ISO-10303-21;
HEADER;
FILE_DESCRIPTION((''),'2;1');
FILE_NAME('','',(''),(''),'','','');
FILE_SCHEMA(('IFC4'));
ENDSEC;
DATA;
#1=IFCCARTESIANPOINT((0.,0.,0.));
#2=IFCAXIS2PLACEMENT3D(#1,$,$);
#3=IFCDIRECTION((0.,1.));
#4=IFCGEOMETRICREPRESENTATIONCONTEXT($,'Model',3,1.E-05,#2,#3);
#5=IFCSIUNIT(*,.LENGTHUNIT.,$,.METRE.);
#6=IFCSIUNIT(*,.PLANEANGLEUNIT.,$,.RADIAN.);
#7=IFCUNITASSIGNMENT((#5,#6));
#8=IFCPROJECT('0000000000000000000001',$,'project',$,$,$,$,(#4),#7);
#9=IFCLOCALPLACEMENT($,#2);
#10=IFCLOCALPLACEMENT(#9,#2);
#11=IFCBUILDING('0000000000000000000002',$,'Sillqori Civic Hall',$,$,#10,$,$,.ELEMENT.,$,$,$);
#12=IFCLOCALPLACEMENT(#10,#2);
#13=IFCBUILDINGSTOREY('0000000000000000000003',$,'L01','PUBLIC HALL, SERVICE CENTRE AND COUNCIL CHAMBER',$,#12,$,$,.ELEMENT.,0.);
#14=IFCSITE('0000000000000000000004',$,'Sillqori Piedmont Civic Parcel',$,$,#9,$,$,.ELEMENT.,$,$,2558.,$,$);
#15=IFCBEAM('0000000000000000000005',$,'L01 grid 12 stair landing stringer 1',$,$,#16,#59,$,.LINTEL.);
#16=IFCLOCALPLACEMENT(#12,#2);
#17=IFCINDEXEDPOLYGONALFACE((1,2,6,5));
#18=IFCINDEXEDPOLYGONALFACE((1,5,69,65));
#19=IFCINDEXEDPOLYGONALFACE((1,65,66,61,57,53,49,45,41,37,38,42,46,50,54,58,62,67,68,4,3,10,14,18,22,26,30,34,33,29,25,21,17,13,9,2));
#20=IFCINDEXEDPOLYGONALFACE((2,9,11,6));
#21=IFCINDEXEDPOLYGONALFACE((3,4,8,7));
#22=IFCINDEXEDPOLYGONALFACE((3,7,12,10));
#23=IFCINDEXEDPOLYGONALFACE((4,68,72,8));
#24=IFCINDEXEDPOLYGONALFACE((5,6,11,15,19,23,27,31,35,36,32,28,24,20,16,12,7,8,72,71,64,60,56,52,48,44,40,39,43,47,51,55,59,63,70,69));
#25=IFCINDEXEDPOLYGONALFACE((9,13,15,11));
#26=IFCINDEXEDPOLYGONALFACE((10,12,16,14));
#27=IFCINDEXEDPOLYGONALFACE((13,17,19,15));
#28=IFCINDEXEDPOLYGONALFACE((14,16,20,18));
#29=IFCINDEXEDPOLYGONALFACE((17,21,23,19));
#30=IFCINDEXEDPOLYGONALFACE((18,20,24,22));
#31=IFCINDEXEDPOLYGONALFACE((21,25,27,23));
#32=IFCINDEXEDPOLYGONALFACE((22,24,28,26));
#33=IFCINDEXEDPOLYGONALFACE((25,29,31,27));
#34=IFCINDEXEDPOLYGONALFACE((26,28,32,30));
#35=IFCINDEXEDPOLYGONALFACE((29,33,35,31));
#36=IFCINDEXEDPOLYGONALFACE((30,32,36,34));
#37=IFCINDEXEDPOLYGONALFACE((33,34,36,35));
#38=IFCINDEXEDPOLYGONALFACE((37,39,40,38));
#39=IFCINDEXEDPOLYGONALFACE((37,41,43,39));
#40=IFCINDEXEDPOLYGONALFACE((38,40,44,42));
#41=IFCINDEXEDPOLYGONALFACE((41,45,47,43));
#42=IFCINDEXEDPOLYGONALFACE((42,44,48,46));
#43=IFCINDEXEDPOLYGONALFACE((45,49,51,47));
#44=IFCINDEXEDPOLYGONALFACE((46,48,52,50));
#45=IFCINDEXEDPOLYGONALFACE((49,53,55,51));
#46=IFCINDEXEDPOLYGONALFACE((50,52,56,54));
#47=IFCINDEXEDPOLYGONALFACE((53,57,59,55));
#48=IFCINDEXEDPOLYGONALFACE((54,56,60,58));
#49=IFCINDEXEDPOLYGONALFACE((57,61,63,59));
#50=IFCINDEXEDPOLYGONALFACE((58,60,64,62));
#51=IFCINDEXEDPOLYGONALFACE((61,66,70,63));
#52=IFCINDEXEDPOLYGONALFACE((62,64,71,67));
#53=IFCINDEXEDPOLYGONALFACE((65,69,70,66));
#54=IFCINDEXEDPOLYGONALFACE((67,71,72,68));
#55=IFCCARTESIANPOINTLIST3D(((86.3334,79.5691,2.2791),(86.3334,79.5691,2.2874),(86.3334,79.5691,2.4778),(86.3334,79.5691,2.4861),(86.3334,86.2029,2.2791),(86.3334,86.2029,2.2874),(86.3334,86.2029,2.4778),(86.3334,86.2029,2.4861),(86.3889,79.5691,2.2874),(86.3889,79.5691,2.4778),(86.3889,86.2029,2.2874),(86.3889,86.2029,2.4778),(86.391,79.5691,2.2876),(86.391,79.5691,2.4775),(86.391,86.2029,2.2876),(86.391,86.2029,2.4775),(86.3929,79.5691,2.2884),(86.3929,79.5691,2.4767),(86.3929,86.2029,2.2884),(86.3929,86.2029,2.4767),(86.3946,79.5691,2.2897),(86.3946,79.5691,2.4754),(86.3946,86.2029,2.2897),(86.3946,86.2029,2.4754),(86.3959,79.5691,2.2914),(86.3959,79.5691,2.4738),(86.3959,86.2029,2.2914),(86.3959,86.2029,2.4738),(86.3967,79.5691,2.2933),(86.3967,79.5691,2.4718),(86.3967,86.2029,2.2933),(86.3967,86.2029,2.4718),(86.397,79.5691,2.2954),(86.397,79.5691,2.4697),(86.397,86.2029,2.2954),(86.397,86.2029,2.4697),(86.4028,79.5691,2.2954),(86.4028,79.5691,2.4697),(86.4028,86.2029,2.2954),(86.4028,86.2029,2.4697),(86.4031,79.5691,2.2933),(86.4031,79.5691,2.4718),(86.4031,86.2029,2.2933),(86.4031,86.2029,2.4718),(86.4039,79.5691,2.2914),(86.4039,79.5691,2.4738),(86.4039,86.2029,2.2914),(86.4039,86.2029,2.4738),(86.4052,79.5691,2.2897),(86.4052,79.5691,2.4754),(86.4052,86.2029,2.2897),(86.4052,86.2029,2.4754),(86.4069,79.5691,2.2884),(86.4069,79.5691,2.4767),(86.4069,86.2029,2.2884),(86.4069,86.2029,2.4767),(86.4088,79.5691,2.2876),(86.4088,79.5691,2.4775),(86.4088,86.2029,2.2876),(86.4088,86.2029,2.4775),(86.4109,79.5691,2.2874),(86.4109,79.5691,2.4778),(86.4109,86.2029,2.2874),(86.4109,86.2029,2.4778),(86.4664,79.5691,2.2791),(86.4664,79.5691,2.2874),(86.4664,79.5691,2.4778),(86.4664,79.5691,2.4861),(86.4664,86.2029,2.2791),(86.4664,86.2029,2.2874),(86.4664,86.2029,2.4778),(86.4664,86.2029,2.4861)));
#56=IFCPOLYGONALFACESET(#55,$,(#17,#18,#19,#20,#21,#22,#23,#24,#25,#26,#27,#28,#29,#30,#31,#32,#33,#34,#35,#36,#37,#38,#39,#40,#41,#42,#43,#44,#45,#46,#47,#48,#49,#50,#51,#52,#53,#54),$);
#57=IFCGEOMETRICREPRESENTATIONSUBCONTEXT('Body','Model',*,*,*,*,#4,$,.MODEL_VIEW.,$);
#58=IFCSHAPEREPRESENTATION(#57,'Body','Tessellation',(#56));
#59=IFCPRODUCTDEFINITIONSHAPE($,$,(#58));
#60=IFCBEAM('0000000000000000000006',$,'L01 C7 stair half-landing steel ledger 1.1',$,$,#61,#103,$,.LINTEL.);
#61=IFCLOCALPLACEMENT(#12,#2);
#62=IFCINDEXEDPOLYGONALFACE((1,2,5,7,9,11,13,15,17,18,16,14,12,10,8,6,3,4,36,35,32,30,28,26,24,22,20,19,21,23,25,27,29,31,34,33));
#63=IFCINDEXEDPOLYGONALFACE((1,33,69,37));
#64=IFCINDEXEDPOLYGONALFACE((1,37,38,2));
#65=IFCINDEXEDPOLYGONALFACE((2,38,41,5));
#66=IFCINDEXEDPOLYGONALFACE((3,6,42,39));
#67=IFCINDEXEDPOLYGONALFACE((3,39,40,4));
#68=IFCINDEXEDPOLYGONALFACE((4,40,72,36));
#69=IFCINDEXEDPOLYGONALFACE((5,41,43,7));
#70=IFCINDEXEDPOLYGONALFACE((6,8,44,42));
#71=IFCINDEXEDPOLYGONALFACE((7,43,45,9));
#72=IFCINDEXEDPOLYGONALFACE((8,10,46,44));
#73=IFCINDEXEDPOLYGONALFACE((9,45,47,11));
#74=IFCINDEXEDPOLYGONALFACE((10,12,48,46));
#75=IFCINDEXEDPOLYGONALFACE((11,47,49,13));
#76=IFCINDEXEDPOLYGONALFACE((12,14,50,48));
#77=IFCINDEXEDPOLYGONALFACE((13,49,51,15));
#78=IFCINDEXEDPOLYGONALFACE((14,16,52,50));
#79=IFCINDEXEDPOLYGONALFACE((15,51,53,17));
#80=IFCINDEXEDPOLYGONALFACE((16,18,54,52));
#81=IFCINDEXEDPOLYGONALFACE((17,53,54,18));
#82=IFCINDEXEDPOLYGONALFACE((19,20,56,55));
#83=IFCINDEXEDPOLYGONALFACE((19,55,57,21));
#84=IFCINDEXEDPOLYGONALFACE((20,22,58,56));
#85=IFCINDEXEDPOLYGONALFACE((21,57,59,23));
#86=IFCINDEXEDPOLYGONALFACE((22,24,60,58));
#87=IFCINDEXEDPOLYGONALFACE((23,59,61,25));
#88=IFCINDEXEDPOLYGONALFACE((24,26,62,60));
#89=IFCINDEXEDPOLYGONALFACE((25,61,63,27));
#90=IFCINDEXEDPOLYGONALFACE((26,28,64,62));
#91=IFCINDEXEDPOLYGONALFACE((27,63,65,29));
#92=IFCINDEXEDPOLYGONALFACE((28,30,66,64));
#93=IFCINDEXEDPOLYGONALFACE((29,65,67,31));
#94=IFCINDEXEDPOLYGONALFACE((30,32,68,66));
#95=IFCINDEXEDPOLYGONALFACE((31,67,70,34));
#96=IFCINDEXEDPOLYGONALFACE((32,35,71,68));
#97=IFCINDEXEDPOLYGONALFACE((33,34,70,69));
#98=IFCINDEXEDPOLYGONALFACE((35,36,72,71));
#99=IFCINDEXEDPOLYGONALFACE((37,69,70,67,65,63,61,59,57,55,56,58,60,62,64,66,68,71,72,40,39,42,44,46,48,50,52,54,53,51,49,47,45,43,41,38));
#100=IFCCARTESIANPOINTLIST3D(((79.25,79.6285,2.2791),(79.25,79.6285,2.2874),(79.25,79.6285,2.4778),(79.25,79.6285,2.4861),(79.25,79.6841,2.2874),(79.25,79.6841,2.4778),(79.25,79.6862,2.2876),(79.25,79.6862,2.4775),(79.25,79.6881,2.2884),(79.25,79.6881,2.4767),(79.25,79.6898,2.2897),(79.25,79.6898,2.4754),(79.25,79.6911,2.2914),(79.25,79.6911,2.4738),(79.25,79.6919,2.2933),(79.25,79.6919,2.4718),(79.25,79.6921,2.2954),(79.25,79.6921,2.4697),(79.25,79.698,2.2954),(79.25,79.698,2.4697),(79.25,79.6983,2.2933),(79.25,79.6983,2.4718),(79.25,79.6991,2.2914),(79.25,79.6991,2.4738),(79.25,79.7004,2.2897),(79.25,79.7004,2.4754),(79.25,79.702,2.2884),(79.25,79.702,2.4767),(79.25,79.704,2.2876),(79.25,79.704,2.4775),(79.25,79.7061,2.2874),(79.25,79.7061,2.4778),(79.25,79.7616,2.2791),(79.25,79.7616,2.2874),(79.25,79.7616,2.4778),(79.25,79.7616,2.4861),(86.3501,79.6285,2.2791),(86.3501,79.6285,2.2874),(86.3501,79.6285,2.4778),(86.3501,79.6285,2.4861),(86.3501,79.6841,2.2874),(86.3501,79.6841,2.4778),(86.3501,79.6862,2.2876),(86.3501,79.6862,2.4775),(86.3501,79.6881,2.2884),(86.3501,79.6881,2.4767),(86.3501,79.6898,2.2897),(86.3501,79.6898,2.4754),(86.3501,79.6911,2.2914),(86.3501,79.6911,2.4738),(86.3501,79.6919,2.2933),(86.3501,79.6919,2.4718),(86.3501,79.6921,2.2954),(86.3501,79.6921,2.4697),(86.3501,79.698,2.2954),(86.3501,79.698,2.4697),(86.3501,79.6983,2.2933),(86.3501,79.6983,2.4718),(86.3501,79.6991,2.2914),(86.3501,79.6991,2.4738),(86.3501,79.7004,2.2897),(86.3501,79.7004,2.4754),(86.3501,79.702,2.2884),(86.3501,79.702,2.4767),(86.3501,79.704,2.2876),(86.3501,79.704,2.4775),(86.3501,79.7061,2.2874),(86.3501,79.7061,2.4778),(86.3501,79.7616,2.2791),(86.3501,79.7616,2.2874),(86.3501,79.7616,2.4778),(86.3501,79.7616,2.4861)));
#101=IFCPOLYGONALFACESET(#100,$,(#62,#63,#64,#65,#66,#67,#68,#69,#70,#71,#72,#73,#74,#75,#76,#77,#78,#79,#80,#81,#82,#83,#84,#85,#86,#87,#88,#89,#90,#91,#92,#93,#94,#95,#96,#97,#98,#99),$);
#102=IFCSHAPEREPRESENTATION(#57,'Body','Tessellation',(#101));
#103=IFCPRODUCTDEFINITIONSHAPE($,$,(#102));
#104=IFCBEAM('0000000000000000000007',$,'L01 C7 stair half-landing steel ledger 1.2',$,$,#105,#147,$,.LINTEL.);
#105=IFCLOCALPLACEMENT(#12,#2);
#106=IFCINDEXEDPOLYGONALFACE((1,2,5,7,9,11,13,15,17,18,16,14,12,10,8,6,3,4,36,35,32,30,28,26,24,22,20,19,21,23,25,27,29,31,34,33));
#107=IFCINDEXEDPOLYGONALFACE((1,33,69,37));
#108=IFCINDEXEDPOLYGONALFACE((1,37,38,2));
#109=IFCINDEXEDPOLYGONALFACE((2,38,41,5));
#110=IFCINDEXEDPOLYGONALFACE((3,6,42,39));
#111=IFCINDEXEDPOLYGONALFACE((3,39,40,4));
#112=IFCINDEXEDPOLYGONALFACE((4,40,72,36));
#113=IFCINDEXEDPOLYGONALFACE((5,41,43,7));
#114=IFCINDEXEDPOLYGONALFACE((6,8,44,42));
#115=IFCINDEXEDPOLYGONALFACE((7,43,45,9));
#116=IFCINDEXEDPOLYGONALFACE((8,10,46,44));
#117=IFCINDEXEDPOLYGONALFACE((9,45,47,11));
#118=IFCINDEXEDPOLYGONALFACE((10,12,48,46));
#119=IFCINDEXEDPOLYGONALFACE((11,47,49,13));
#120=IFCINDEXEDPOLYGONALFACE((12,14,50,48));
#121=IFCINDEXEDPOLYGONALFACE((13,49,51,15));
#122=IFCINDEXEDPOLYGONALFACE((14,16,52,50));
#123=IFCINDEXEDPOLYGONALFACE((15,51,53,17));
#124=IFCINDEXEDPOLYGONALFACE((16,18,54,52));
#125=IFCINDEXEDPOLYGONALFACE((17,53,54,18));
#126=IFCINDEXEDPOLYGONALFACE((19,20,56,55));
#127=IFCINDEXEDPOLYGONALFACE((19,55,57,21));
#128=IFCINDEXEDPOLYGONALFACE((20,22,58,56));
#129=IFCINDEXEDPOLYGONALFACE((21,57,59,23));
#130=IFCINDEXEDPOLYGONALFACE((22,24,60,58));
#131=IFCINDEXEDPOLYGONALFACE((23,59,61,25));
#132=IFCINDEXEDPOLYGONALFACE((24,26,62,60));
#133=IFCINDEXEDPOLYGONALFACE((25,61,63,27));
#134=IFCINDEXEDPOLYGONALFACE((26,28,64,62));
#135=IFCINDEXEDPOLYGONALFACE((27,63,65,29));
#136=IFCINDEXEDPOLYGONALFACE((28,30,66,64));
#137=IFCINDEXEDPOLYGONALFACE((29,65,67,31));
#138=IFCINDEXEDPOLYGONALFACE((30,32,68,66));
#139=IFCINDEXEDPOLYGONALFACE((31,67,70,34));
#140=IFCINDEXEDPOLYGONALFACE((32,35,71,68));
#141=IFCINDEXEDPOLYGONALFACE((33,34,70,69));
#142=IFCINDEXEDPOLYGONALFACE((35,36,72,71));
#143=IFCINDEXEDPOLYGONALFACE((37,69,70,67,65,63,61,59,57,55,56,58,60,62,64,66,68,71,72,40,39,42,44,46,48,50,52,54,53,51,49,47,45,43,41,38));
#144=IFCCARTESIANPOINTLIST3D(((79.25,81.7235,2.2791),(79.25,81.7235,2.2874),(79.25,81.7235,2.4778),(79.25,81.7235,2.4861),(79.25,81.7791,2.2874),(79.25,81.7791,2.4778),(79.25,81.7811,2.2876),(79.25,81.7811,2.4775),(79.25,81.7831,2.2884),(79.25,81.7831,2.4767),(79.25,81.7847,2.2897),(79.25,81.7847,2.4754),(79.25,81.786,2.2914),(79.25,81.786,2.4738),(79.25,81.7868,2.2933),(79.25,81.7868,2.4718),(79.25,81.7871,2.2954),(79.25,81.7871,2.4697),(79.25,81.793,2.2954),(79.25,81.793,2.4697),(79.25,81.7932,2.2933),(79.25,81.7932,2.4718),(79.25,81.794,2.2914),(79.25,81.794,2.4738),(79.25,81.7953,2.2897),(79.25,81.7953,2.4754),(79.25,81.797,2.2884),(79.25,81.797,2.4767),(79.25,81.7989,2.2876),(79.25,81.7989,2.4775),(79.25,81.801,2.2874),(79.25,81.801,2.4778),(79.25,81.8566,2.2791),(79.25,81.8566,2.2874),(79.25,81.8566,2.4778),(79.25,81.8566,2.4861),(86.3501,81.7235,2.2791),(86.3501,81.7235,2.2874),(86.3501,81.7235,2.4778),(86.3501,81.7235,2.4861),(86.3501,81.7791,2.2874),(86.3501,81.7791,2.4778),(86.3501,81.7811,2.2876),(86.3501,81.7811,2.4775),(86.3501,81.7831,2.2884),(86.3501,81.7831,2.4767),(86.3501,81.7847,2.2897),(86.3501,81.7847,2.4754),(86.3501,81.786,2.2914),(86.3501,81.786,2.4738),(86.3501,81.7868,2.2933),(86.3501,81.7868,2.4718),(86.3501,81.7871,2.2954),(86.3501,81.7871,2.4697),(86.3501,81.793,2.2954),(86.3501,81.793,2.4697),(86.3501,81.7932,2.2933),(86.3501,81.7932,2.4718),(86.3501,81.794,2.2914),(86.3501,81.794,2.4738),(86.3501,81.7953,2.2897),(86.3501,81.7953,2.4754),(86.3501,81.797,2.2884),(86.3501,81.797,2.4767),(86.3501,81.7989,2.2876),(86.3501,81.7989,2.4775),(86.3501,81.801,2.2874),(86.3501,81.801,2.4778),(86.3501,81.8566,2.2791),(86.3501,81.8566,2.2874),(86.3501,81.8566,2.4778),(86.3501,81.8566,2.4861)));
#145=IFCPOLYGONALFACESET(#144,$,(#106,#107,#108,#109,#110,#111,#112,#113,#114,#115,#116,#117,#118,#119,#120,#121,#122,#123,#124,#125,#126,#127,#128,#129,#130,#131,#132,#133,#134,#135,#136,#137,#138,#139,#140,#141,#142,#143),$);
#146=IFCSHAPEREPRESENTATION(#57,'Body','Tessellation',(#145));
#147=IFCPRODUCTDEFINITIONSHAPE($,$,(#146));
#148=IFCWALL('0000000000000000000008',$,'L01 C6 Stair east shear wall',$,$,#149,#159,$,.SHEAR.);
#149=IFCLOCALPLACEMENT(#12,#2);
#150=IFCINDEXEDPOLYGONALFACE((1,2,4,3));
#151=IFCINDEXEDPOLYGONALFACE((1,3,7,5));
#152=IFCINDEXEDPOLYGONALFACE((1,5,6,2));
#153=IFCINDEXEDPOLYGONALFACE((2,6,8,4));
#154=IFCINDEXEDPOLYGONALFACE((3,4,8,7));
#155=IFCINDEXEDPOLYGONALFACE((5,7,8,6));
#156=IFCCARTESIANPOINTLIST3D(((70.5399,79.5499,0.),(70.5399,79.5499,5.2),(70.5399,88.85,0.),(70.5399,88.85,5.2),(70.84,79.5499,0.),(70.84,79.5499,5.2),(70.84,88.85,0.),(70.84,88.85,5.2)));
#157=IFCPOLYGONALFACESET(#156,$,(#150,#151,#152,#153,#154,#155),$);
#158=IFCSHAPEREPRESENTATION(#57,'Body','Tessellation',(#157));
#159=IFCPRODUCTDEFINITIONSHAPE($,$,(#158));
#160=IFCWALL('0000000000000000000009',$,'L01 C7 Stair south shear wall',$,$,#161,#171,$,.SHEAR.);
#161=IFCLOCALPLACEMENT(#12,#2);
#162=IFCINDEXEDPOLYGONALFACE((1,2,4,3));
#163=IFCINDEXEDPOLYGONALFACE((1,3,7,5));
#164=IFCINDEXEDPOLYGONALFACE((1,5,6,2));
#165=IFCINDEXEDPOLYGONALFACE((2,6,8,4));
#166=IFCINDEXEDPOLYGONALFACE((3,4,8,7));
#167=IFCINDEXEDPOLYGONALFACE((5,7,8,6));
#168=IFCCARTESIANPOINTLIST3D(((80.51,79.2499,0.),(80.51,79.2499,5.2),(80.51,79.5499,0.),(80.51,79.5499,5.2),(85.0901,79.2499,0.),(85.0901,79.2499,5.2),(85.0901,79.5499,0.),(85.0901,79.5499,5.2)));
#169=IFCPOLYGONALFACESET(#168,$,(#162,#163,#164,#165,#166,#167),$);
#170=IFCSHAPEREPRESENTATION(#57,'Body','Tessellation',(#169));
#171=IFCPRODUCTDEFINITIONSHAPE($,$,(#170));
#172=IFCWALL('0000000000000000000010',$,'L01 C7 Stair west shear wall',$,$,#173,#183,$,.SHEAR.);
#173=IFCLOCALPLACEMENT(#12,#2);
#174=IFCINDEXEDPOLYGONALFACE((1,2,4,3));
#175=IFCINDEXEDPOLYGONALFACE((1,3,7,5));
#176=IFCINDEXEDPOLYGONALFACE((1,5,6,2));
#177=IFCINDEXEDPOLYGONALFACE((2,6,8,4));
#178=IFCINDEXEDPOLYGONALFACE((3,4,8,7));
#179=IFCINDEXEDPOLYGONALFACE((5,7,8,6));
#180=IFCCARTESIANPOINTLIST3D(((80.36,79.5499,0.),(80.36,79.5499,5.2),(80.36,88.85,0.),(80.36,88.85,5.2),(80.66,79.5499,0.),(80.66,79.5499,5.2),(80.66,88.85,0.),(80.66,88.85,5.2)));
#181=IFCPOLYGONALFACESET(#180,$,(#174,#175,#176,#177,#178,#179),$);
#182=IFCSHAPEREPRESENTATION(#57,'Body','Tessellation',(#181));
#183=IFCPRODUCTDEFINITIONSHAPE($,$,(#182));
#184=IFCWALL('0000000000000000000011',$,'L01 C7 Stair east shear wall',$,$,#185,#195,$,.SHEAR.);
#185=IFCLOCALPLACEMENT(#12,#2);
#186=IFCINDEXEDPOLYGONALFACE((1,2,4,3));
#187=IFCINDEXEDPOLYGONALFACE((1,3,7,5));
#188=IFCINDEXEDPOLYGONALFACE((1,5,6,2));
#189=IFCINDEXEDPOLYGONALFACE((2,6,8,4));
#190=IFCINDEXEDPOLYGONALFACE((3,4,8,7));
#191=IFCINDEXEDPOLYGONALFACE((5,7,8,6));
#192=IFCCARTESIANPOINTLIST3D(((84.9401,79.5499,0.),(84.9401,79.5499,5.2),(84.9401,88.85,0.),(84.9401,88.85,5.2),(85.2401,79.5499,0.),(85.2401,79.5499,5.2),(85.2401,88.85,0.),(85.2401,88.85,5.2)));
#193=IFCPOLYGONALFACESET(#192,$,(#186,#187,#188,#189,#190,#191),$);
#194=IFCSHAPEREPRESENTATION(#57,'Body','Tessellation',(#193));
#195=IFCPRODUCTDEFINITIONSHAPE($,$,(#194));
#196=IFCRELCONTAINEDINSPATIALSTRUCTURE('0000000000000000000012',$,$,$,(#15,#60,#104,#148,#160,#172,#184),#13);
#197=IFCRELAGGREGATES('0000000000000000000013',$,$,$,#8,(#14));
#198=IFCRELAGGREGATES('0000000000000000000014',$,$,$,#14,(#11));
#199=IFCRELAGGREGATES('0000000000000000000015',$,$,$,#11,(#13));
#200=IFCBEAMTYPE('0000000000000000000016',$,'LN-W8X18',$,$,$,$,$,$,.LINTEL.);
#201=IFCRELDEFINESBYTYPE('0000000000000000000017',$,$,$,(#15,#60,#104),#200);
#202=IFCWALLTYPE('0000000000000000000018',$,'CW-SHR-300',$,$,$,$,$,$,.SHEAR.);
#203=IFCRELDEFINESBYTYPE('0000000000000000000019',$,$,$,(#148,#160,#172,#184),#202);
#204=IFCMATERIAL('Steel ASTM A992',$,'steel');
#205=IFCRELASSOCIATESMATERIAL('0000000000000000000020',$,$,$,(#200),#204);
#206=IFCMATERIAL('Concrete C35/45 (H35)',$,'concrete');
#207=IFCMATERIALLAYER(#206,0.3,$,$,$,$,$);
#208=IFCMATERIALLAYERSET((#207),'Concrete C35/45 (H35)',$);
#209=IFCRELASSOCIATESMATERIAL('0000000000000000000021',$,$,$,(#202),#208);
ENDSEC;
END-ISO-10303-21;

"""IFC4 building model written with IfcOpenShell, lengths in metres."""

from ifc_helpers import new_model, si_unit, direction, frame, frame_2d, origin, origin_2d, place, context, subcontext, project, spatial, rectangle, i_section, extrude, material, layer, layer_set, material_profile, profile_set, type_object, element, save


model = new_model("IFC4")

# Units and contexts
model_context = context("Model", 3, precision=1e-05, world=origin(), true_north=direction((0.0, 1.0)))
body_context = subcontext(model_context, "Body", "Model", "MODEL_VIEW")
ifc_project = project(units=[si_unit("LENGTHUNIT", "METRE"), si_unit("PLANEANGLEUNIT", "RADIAN")], contexts=[model_context])

# Site, building, storey
site_placement = place(None, origin())
site = spatial("IfcSite", under=ifc_project, at=site_placement, Name="Sillqori Piedmont Civic Parcel", CompositionType="ELEMENT", RefElevation=2558.0)
building_placement = place(site_placement, origin())
building = spatial("IfcBuilding", under=site, at=building_placement, Name="Sillqori Civic Hall", CompositionType="ELEMENT")
storey_placement = place(building_placement, origin())
storey = spatial("IfcBuildingStorey", under=building, at=storey_placement, Name="L01", Description="PUBLIC HALL, SERVICE CENTRE AND COUNCIL CHAMBER", CompositionType="ELEMENT", Elevation=0.0)

# Shared definitions
ifc_material_1 = material(Name="Steel ASTM A992", Category="steel")

# Beams
ifc_material_profile_1 = material_profile(ifc_material_1, i_section(OverallWidth=0.1331, OverallDepth=0.207, WebThickness=0.0059, FlangeThickness=0.0083, FilletRadius=0.0081, at=origin_2d()), Name="W8X18")
ifc_profile_set_1 = profile_set([ifc_material_profile_1], Name="Steel ASTM A992")
beam_type_1 = type_object("IfcBeamType", Name="LN-W8X18", PredefinedType="LINTEL", material=ifc_profile_set_1)
for number, where, z_axis, x_axis, name in (
    (1, (86.3999, 79.5691, 2.3826), (0.0, 1.0, 0.0), (-1.0, 0.0, 0.0), "L01 grid 12 stair landing stringer 1"),
):
    element("IfcBeam", number, at=place(storey_placement, frame(where, z_axis=z_axis, x_axis=x_axis)), inside=storey, type_object=beam_type_1, Name=name, PredefinedType="LINTEL", context=body_context, shape_type="SweptSolid", body=[
        extrude(i_section(OverallWidth=0.1331, OverallDepth=0.207, WebThickness=0.0059, FlangeThickness=0.0083, FilletRadius=0.0081, at=origin_2d()), origin(), (0.0, 0.0, 1.0), 6.6338),
    ])
for number, where, z_axis, x_axis, name in (
    (2, (79.25, 79.6951, 2.3826), (1.0, 0.0, 0.0), (0.0, 1.0, 0.0), "L01 C7 stair half-landing steel ledger 1.1"),
    (3, (79.25, 81.79, 2.3826), (1.0, 0.0, 0.0), (0.0, 1.0, 0.0), "L01 C7 stair half-landing steel ledger 1.2"),
):
    element("IfcBeam", number, at=place(storey_placement, frame(where, z_axis=z_axis, x_axis=x_axis)), inside=storey, type_object=beam_type_1, Name=name, PredefinedType="LINTEL", context=body_context, shape_type="SweptSolid", body=[
        extrude(i_section(OverallWidth=0.1331, OverallDepth=0.207, WebThickness=0.0059, FlangeThickness=0.0083, FilletRadius=0.0081, at=origin_2d()), origin(), (0.0, 0.0, 1.0), 7.1001),
    ])

# Walls
ifc_material_2 = material(Name="Concrete C35/45 (H35)", Category="concrete")
ifc_layer_1 = layer(ifc_material_2, 0.3)
ifc_layer_set_1 = layer_set([ifc_layer_1], Name="Concrete C35/45 (H35)")
wall_type_1 = type_object("IfcWallType", Name="CW-SHR-300", PredefinedType="SHEAR", material=ifc_layer_set_1)
wall_1_placement = place(storey_placement, frame((70.6899, 79.55, 0.0), z_axis=(0.0, 0.0, 1.0), x_axis=(0.0, 1.0, 0.0)))
element("IfcWall", 4, at=wall_1_placement, inside=storey, type_object=wall_type_1, Name="L01 C6 Stair east shear wall", PredefinedType="SHEAR", context=body_context, shape_type="SweptSolid", body=[
    extrude(rectangle(XDim=9.3, YDim=0.3, at=frame_2d((4.6499, 0.0))), origin(), (0.0, 0.0, 1.0), 5.2),
])
wall_2_placement = place(storey_placement, frame((80.51, 79.3999, 0.0), z_axis=(0.0, 0.0, 1.0), x_axis=(1.0, 0.0, 0.0)))
element("IfcWall", 5, at=wall_2_placement, inside=storey, type_object=wall_type_1, Name="L01 C7 Stair south shear wall", PredefinedType="SHEAR", context=body_context, shape_type="SweptSolid", body=[
    extrude(rectangle(XDim=4.5801, YDim=0.3, at=frame_2d((2.29, 0.0))), origin(), (0.0, 0.0, 1.0), 5.2),
])
for number, where, z_axis, x_axis, name in (
    (6, (80.51, 79.55, 0.0), (0.0, 0.0, 1.0), (0.0, 1.0, 0.0), "L01 C7 Stair west shear wall"),
    (7, (85.0901, 79.55, 0.0), (0.0, 0.0, 1.0), (0.0, 1.0, 0.0), "L01 C7 Stair east shear wall"),
):
    element("IfcWall", number, at=place(storey_placement, frame(where, z_axis=z_axis, x_axis=x_axis)), inside=storey, type_object=wall_type_1, Name=name, PredefinedType="SHEAR", context=body_context, shape_type="SweptSolid", body=[
        extrude(rectangle(XDim=9.3, YDim=0.3, at=frame_2d((4.6499, 0.0))), origin(), (0.0, 0.0, 1.0), 5.2),
    ])

save(model, "model.ifc")
